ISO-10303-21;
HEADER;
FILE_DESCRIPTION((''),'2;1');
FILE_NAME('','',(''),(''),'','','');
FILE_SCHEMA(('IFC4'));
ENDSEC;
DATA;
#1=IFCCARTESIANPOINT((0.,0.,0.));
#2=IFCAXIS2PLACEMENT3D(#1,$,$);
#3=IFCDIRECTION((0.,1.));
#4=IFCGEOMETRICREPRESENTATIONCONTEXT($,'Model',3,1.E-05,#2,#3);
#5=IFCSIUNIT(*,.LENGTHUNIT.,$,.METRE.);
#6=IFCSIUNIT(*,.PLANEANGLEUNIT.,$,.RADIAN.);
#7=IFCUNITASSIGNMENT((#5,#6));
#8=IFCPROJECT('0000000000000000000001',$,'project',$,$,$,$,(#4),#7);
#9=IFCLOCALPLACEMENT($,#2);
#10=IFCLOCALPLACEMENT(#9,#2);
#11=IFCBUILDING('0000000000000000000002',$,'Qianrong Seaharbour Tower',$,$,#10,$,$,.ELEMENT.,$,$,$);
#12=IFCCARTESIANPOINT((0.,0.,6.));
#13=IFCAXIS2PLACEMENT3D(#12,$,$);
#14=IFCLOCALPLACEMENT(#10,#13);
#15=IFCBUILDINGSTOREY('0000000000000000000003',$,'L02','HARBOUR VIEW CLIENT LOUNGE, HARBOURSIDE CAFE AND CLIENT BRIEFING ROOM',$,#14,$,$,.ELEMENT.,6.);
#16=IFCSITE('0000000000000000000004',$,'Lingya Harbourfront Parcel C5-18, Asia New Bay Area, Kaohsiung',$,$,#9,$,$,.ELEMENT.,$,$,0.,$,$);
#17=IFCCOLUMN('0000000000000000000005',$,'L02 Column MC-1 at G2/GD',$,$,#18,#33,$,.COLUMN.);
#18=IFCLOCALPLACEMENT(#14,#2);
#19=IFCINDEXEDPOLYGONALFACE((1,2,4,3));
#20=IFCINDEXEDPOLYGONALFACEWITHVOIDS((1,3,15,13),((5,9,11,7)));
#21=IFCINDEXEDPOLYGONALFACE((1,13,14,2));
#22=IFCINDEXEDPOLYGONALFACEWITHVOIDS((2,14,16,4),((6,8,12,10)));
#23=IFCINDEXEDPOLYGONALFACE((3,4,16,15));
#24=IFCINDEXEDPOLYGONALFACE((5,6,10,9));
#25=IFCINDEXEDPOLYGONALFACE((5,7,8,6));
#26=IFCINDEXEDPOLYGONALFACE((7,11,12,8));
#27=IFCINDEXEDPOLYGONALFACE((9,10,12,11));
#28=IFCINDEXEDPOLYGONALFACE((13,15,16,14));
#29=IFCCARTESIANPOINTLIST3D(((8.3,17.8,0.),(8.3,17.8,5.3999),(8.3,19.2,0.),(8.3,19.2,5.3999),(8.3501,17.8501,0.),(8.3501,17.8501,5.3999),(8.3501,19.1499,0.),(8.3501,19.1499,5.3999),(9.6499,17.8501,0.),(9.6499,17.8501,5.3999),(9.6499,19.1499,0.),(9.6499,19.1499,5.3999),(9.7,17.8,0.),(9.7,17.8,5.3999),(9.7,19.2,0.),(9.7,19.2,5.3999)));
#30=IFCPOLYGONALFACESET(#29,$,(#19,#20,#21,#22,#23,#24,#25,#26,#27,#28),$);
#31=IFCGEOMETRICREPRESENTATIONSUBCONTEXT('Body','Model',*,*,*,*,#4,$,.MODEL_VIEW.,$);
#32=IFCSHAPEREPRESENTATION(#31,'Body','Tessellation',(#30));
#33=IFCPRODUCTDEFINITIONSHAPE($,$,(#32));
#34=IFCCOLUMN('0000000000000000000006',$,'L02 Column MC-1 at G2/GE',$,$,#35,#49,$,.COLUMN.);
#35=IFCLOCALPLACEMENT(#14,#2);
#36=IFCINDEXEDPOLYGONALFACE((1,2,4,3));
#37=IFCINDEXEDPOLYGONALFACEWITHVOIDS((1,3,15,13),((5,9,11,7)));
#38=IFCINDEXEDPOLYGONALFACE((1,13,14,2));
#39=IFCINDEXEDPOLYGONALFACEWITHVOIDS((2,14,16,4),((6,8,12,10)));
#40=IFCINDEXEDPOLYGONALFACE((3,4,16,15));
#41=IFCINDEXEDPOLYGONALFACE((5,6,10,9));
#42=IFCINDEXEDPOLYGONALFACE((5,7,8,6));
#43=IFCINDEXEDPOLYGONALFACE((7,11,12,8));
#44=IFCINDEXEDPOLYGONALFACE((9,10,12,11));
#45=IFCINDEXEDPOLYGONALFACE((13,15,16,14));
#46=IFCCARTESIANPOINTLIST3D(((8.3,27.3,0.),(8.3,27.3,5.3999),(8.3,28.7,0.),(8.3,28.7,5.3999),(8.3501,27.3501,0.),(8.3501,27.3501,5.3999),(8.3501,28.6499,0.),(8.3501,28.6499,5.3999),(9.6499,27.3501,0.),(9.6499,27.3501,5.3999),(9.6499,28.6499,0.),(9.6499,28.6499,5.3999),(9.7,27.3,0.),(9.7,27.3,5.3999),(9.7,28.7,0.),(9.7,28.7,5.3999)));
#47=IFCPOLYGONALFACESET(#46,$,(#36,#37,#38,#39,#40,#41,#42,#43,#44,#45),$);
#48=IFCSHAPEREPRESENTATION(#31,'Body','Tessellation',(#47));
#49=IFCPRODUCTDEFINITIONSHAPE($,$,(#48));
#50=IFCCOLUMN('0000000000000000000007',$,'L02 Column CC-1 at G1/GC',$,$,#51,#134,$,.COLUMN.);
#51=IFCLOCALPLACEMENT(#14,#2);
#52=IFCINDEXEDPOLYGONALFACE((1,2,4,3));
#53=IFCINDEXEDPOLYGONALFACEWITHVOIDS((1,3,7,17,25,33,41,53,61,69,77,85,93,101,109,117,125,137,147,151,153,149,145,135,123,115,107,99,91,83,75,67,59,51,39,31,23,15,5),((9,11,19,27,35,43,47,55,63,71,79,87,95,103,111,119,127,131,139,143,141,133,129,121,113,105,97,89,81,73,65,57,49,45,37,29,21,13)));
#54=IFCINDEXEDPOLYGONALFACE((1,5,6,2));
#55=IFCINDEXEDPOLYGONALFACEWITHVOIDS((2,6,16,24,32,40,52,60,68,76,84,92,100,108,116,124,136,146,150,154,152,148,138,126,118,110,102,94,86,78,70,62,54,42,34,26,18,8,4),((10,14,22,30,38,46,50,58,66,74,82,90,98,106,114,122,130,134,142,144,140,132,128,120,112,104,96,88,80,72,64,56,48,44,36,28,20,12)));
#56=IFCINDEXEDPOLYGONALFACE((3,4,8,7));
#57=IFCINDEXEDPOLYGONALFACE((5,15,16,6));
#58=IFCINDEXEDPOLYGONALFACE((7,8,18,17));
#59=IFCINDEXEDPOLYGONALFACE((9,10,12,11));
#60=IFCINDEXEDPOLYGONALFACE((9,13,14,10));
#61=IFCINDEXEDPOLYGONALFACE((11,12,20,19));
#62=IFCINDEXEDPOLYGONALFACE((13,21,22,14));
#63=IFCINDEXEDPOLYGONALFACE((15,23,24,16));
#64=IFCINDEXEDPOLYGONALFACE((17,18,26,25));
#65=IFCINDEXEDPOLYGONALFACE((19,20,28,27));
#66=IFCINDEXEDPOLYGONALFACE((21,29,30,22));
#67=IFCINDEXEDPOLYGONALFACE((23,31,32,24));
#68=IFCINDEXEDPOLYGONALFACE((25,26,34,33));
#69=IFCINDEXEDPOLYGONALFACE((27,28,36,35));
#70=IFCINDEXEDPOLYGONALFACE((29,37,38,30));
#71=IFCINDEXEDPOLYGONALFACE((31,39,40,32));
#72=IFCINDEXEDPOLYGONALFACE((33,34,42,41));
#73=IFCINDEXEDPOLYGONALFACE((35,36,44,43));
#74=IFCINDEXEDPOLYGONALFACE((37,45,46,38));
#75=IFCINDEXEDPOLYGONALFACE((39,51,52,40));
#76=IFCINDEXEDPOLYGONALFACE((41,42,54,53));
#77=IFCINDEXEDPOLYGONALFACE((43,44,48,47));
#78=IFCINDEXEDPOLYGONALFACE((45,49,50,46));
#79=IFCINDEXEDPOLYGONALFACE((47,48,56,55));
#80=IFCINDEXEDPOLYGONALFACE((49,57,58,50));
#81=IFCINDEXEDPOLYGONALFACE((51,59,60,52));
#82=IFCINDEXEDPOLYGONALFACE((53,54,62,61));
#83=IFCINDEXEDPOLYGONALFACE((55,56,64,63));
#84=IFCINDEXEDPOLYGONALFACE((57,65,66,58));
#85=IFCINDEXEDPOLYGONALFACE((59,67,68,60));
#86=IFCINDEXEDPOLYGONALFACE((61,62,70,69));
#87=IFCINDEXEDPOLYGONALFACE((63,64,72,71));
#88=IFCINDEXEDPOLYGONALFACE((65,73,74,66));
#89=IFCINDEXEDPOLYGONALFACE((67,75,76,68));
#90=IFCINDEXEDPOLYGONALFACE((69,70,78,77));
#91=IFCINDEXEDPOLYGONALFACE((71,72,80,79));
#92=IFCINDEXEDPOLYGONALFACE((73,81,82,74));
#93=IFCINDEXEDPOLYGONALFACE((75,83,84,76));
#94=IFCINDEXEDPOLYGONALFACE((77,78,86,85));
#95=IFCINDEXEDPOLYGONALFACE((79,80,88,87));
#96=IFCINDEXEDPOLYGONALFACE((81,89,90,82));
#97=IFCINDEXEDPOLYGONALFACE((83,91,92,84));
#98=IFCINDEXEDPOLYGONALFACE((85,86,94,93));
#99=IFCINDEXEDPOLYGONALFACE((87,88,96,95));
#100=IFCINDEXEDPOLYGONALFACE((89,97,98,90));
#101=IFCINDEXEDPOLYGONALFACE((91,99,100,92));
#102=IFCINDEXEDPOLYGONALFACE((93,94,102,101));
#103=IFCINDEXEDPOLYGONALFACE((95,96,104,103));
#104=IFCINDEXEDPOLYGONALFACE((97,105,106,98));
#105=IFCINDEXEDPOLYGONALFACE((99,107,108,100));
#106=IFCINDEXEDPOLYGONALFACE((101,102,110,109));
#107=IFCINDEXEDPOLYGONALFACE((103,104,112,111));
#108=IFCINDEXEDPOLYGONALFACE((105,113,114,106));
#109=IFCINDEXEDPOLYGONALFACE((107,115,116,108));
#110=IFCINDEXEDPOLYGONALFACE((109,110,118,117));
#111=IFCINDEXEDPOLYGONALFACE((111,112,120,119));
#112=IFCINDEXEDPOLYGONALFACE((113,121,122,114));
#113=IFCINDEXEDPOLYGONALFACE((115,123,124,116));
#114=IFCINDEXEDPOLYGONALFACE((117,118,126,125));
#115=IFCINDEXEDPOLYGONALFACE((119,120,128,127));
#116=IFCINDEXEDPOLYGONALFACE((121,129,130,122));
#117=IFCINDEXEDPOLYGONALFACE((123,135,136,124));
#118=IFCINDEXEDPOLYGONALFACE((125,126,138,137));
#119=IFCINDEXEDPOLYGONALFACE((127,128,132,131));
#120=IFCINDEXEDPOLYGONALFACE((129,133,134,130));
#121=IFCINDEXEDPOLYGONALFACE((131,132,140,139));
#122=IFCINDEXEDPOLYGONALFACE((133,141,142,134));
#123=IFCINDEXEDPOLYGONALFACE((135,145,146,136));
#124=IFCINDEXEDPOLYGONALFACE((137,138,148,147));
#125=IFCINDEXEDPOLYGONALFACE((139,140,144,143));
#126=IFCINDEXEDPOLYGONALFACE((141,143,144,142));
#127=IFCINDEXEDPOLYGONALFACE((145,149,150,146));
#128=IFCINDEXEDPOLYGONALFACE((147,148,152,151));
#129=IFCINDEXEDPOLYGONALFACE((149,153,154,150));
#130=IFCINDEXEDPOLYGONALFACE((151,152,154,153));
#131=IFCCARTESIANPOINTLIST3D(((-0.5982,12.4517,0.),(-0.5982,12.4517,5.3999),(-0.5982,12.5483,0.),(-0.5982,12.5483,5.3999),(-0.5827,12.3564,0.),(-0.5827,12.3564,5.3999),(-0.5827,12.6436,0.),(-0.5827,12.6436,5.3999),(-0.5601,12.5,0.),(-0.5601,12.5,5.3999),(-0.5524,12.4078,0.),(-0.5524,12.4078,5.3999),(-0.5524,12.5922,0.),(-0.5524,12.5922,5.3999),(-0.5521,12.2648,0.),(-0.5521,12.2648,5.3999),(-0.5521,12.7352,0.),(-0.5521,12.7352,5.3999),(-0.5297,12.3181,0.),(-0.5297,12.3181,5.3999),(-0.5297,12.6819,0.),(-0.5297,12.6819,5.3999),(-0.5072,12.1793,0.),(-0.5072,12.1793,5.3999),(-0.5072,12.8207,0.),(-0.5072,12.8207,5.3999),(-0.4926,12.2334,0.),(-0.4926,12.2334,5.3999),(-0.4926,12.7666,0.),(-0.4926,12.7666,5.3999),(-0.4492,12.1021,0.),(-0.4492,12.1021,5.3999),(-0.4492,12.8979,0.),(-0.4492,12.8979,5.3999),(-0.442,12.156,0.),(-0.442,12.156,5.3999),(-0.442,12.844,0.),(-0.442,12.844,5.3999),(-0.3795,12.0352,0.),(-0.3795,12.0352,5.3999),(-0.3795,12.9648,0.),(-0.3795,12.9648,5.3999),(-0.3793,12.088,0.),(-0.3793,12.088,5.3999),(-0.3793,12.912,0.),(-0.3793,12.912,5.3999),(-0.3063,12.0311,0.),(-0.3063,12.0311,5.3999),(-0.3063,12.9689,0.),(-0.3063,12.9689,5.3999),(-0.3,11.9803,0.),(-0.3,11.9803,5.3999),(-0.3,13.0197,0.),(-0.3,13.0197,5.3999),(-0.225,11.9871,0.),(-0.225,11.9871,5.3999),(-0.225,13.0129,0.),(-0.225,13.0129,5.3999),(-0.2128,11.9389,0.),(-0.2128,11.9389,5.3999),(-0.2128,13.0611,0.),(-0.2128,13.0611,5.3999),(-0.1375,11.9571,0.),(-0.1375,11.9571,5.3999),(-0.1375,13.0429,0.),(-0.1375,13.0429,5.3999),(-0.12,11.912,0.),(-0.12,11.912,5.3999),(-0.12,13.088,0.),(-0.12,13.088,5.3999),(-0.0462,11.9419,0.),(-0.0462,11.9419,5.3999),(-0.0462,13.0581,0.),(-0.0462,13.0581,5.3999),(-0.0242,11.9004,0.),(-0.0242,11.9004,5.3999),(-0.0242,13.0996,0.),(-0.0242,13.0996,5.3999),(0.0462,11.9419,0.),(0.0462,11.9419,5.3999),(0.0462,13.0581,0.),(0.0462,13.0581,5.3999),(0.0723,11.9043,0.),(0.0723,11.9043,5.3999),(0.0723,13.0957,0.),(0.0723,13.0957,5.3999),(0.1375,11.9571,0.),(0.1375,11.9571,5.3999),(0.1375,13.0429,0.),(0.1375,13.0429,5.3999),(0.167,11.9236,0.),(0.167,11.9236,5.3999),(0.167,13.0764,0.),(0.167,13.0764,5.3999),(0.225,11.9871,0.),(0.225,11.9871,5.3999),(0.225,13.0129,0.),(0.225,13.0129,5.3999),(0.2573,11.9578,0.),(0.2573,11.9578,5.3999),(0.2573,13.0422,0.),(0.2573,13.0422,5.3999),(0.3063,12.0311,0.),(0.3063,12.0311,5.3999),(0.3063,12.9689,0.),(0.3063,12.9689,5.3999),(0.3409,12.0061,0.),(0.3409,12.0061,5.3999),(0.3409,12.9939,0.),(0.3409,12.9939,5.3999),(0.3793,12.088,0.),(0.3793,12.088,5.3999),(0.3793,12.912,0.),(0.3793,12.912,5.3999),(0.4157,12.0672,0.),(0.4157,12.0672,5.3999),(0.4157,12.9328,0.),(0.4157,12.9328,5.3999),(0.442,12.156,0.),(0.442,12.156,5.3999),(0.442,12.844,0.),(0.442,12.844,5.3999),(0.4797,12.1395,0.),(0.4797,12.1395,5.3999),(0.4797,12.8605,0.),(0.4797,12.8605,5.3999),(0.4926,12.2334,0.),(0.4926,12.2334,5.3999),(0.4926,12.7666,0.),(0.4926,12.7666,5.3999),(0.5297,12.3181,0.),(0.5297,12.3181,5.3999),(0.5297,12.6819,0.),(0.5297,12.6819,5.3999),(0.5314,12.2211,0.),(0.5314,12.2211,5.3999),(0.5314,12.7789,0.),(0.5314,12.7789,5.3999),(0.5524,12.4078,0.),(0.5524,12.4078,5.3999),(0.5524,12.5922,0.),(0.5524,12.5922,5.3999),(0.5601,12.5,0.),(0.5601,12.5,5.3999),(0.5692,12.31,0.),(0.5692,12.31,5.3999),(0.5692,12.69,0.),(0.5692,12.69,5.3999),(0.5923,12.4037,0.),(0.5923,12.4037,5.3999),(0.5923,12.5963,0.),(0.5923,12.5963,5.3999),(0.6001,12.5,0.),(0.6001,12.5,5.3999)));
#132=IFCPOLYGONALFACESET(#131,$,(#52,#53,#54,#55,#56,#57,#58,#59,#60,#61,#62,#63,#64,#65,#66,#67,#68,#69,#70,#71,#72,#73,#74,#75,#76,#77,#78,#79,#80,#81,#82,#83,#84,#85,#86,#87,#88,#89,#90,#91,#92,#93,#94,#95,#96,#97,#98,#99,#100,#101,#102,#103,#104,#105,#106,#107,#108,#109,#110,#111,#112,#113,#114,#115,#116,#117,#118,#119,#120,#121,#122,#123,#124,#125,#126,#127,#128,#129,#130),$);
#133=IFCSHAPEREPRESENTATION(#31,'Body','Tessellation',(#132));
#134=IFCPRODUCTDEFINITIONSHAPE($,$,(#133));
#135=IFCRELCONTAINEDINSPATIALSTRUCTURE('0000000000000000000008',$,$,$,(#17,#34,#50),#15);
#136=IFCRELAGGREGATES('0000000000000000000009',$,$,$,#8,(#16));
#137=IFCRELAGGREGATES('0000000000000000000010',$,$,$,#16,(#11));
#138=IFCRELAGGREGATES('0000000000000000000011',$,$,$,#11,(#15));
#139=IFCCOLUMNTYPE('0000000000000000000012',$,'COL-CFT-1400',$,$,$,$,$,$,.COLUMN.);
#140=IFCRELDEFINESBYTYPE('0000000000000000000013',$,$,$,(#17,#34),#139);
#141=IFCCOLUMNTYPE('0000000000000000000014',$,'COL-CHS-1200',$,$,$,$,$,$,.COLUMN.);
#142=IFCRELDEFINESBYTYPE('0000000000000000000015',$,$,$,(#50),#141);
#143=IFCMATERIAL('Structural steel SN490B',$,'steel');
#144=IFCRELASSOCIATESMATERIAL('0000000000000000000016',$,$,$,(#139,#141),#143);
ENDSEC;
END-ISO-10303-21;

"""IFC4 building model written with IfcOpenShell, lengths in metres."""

from ifc_helpers import new_model, si_unit, direction, frame, origin, origin_2d, place, context, subcontext, project, spatial, hollow_rectangle, hollow_circle, extrude, material, material_profile, profile_set, type_object, element, save


model = new_model("IFC4")

# Units and contexts
model_context = context("Model", 3, precision=1e-05, world=origin(), true_north=direction((0.0, 1.0)))
body_context = subcontext(model_context, "Body", "Model", "MODEL_VIEW")
ifc_project = project(units=[si_unit("LENGTHUNIT", "METRE"), si_unit("PLANEANGLEUNIT", "RADIAN")], contexts=[model_context])

# Site, building, storey
site_placement = place(None, origin())
site = spatial("IfcSite", under=ifc_project, at=site_placement, Name="Lingya Harbourfront Parcel C5-18, Asia New Bay Area, Kaohsiung", CompositionType="ELEMENT", RefElevation=0.0)
building_placement = place(site_placement, origin())
building = spatial("IfcBuilding", under=site, at=building_placement, Name="Qianrong Seaharbour Tower", CompositionType="ELEMENT")
storey_placement = place(building_placement, frame((0.0, 0.0, 6.0)))
storey = spatial("IfcBuildingStorey", under=building, at=storey_placement, Name="L02", Description="HARBOUR VIEW CLIENT LOUNGE, HARBOURSIDE CAFE AND CLIENT BRIEFING ROOM", CompositionType="ELEMENT", Elevation=6.0)

# Columns
ifc_material_1 = material(Name="Structural steel SN490B", Category="steel")
ifc_material_profile_1 = material_profile(ifc_material_1, hollow_rectangle(XDim=1.3999, YDim=1.3999, WallThickness=0.05, at=origin_2d()), Name="BOX1400x1400x50")
ifc_profile_set_1 = profile_set([ifc_material_profile_1], Name="Structural steel SN490B")
column_type_1 = type_object("IfcColumnType", Name="COL-CFT-1400", PredefinedType="COLUMN", material=ifc_profile_set_1)
for number, where, z_axis, x_axis, name in (
    (1, (9.0, 18.5, 0.0), (0.0, 0.0, 1.0), (1.0, 0.0, 0.0), "L02 Column MC-1 at G2/GD"),
    (2, (9.0, 28.0, 0.0), (0.0, 0.0, 1.0), (1.0, 0.0, 0.0), "L02 Column MC-1 at G2/GE"),
):
    element("IfcColumn", number, at=place(storey_placement, frame(where, z_axis=z_axis, x_axis=x_axis)), inside=storey, type_object=column_type_1, Name=name, PredefinedType="COLUMN", context=body_context, shape_type="SweptSolid", body=[
        extrude(hollow_rectangle(XDim=1.3999, YDim=1.3999, WallThickness=0.05, at=origin_2d()), origin(), (0.0, 0.0, 1.0), 5.3999),
    ])
ifc_material_profile_2 = material_profile(ifc_material_1, hollow_circle(Radius=0.6001, WallThickness=0.04, at=origin_2d()), Name="CHS1200x40")
ifc_profile_set_2 = profile_set([ifc_material_profile_2], Name="Structural steel SN490B")
column_type_2 = type_object("IfcColumnType", Name="COL-CHS-1200", PredefinedType="COLUMN", material=ifc_profile_set_2)
for number, where, z_axis, x_axis, name in (
    (3, (0.0, 12.5, 0.0), (0.0, 0.0, 1.0), (1.0, 0.0, 0.0), "L02 Column CC-1 at G1/GC"),
):
    element("IfcColumn", number, at=place(storey_placement, frame(where, z_axis=z_axis, x_axis=x_axis)), inside=storey, type_object=column_type_2, Name=name, PredefinedType="COLUMN", context=body_context, shape_type="SweptSolid", body=[
        extrude(hollow_circle(Radius=0.6001, WallThickness=0.04, at=origin_2d()), origin(), (0.0, 0.0, 1.0), 5.3999),
    ])

save(model, "model.ifc")
